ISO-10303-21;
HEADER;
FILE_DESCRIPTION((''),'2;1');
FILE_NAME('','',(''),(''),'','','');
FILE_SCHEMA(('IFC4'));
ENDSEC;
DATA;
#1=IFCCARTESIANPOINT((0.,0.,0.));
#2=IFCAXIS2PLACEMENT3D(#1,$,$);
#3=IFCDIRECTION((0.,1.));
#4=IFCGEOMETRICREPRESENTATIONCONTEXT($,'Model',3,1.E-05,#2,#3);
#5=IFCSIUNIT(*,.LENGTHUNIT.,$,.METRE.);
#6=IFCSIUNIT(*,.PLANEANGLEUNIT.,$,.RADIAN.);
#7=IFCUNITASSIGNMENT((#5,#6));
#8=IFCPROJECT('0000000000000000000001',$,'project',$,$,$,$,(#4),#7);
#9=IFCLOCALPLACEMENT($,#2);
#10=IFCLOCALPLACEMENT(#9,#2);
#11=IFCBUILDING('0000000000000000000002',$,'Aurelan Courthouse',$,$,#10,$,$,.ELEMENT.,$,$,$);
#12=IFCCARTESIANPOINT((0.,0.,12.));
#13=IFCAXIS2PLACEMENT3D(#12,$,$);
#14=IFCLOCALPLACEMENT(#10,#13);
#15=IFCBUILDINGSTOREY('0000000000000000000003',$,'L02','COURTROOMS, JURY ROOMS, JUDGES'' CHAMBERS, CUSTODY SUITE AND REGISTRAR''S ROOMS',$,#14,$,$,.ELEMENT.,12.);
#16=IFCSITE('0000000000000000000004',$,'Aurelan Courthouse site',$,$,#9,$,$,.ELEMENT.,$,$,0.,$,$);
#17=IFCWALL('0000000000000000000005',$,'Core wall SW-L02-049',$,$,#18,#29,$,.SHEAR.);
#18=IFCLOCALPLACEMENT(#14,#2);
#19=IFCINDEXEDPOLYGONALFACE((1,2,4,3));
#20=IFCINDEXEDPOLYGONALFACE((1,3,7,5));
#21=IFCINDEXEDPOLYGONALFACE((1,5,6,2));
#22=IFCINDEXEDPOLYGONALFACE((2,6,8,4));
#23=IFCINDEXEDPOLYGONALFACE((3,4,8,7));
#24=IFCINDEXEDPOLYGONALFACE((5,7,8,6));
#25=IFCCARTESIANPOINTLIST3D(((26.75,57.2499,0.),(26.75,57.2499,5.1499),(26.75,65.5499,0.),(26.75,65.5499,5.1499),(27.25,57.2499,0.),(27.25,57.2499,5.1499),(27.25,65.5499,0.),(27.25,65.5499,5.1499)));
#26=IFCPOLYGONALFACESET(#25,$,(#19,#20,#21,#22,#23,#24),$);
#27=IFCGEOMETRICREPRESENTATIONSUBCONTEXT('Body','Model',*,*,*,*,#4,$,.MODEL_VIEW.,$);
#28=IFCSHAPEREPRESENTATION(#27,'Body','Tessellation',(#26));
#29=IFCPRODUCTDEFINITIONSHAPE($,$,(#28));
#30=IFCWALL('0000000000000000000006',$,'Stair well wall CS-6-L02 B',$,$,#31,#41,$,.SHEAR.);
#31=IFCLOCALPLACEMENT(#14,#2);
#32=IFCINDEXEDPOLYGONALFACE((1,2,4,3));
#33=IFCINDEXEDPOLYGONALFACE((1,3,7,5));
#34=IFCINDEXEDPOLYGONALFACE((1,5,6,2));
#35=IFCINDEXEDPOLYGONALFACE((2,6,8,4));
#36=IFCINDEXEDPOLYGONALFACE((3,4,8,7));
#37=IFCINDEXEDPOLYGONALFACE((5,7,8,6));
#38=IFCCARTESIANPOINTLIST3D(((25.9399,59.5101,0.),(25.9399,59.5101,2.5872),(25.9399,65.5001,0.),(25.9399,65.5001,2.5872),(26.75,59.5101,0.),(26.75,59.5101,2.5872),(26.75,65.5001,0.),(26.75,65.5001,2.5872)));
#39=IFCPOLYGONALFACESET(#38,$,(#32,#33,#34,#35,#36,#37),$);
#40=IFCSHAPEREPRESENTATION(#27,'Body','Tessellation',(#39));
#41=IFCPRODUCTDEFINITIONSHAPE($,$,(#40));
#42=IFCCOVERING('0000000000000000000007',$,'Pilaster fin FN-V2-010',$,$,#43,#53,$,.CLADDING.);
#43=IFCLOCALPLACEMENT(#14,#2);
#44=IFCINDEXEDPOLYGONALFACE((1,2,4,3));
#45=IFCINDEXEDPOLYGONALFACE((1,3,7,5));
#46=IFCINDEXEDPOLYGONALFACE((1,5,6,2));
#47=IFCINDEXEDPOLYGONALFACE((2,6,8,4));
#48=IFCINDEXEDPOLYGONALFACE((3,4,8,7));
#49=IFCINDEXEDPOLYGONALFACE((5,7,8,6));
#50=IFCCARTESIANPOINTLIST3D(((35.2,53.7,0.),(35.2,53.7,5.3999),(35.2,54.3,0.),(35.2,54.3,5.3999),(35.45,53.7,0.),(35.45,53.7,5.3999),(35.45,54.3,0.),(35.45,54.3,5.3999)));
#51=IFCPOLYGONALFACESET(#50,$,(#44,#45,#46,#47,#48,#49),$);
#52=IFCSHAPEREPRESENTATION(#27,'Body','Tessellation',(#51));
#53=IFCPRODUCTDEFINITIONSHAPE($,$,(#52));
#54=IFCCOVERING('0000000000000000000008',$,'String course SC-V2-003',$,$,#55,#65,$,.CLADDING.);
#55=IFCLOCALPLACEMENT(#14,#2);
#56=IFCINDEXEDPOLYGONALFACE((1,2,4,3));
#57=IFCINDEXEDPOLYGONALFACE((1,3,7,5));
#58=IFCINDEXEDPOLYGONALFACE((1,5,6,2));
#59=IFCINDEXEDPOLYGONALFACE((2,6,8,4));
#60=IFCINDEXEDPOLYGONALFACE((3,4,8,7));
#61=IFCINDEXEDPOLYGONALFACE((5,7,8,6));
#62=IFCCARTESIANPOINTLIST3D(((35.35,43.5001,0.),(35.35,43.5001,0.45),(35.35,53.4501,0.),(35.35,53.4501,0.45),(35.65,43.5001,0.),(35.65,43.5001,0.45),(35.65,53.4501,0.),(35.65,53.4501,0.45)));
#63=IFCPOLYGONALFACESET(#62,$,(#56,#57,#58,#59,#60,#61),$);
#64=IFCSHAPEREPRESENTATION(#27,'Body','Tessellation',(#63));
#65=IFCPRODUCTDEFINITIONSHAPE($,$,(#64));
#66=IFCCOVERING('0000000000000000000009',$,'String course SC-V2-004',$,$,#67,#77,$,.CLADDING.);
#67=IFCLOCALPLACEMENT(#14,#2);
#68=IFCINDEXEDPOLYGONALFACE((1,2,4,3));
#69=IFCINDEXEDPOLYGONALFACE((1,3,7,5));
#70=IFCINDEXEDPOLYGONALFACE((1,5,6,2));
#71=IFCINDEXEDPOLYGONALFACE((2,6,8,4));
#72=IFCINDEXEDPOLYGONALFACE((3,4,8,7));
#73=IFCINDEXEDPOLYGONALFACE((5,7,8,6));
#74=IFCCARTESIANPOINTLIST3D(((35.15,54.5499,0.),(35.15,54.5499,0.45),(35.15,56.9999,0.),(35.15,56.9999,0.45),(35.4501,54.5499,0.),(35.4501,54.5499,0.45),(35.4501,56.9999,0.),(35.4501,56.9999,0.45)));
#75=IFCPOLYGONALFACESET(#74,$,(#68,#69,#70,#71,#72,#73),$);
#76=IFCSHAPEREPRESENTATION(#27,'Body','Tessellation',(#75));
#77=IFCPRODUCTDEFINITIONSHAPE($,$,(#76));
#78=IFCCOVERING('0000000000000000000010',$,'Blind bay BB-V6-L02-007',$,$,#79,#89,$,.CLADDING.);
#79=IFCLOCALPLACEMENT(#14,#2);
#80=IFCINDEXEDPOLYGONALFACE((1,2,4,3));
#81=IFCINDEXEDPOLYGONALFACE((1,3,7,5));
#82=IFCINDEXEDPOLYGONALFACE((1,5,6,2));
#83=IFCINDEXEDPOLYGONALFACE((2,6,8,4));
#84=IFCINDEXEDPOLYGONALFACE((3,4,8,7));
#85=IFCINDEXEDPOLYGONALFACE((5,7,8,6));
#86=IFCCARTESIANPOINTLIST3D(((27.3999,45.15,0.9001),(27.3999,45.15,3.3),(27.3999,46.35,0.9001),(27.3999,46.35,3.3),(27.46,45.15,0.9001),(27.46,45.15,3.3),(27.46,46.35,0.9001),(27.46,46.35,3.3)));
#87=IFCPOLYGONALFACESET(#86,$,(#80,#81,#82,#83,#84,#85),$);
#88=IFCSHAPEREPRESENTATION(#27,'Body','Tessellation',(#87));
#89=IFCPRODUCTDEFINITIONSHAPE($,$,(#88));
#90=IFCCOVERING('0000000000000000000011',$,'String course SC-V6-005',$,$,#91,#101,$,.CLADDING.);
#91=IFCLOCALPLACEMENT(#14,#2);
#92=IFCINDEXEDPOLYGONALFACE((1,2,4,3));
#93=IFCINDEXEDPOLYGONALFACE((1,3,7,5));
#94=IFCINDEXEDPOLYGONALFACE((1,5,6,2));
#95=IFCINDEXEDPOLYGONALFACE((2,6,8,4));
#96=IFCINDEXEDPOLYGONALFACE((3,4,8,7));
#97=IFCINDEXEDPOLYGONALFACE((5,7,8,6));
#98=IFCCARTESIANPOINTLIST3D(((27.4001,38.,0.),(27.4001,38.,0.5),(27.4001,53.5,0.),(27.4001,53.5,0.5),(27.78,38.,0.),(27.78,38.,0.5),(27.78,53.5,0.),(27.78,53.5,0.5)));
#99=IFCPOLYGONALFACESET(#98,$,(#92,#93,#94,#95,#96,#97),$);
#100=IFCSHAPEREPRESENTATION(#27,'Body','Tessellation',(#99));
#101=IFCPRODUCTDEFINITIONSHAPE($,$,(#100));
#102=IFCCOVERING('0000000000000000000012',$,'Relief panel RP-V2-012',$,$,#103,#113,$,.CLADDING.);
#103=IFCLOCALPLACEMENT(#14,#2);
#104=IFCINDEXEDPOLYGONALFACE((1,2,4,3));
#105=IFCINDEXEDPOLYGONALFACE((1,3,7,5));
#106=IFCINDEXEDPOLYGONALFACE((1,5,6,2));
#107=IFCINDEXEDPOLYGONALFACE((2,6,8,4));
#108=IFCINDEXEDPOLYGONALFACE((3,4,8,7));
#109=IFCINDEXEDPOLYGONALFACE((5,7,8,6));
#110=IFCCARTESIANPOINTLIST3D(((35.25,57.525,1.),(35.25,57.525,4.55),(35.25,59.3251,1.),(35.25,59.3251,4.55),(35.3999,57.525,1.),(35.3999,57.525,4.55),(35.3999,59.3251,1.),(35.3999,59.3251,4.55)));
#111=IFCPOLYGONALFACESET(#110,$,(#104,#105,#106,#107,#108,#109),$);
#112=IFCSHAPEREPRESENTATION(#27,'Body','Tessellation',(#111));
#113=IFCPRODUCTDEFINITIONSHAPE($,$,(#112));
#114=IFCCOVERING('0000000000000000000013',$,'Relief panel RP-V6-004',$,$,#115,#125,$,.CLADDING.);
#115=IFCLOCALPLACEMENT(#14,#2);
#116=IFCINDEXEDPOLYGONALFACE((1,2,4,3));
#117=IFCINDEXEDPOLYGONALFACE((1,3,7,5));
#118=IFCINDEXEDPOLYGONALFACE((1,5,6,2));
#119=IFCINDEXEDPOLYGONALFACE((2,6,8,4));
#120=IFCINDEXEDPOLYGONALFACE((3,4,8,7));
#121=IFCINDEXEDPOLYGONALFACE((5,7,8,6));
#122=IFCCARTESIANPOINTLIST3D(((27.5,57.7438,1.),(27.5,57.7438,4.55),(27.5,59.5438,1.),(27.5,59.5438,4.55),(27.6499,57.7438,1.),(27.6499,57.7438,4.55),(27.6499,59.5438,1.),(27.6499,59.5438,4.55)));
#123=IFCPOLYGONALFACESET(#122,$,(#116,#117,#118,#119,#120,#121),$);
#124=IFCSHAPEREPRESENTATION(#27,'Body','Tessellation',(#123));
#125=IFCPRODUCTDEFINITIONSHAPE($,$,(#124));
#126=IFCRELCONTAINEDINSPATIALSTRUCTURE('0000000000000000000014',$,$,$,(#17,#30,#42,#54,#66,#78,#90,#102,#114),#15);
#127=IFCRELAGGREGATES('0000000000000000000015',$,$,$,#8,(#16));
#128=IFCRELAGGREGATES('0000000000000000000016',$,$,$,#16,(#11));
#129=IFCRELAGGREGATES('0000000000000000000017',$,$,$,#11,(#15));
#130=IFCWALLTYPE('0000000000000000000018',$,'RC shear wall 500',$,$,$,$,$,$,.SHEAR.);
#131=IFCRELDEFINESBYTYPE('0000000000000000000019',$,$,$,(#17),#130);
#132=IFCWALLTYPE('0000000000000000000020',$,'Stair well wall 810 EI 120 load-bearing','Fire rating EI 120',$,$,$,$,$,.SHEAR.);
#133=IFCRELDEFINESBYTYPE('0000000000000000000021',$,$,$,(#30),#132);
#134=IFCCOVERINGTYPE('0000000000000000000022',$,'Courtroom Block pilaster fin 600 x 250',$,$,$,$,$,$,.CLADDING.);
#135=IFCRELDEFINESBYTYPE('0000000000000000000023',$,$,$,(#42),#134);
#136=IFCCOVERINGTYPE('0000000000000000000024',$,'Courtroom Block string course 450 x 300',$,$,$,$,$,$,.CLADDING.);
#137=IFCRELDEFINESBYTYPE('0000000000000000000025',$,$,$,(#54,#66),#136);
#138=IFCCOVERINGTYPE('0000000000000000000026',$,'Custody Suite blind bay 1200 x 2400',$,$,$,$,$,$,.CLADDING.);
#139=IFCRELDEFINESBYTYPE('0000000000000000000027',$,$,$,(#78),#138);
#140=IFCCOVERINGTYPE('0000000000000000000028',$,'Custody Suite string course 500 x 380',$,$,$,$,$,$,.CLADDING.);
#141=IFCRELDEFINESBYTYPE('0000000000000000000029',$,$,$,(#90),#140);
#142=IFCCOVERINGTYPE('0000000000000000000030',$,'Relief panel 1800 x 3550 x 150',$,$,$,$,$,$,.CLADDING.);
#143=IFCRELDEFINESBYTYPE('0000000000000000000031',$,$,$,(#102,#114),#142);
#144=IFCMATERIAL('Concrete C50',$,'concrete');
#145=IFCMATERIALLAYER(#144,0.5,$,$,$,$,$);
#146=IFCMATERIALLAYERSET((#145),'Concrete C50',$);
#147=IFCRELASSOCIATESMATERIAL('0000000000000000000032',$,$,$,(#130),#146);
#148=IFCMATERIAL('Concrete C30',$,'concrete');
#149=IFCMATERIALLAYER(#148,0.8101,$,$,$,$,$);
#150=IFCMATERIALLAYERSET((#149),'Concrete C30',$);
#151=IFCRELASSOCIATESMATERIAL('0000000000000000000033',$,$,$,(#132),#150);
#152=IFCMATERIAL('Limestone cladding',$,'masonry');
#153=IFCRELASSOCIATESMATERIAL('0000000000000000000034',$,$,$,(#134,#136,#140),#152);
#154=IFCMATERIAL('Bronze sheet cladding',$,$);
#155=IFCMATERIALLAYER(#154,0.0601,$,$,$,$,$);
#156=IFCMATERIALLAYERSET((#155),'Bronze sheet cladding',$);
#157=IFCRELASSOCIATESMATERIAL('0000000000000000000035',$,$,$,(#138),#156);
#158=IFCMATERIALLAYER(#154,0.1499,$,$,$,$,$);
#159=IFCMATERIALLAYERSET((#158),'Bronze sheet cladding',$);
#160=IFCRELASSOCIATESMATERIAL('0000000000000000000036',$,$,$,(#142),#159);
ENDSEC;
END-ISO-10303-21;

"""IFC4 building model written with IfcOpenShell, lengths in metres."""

from ifc_helpers import new_model, si_unit, direction, frame, frame_2d, origin, origin_2d, place, context, subcontext, project, spatial, rectangle, extrude, material, layer, layer_set, type_object, element, save


model = new_model("IFC4")

# Units and contexts
model_context = context("Model", 3, precision=1e-05, world=origin(), true_north=direction((0.0, 1.0)))
body_context = subcontext(model_context, "Body", "Model", "MODEL_VIEW")
ifc_project = project(units=[si_unit("LENGTHUNIT", "METRE"), si_unit("PLANEANGLEUNIT", "RADIAN")], contexts=[model_context])

# Site, building, storey
site_placement = place(None, origin())
site = spatial("IfcSite", under=ifc_project, at=site_placement, Name="Aurelan Courthouse site", CompositionType="ELEMENT", RefElevation=0.0)
building_placement = place(site_placement, origin())
building = spatial("IfcBuilding", under=site, at=building_placement, Name="Aurelan Courthouse", CompositionType="ELEMENT")
storey_placement = place(building_placement, frame((0.0, 0.0, 12.0)))
storey = spatial("IfcBuildingStorey", under=building, at=storey_placement, Name="L02", Description="COURTROOMS, JURY ROOMS, JUDGES' CHAMBERS, CUSTODY SUITE AND REGISTRAR'S ROOMS", CompositionType="ELEMENT", Elevation=12.0)

# Shared definitions
ifc_material_1 = material(Name="Concrete C50", Category="concrete")

# Shared definitions
ifc_material_2 = material(Name="Limestone cladding", Category="masonry")
ifc_material_3 = material(Name="Concrete C30", Category="concrete")

# Shared definitions
ifc_layer_1 = layer(ifc_material_1, 0.5)
ifc_layer_set_1 = layer_set([ifc_layer_1], Name="Concrete C50")
wall_type_1 = type_object("IfcWallType", Name="RC shear wall 500", PredefinedType="SHEAR", material=ifc_layer_set_1)

# Walls
wall_1_placement = place(storey_placement, frame((27.0, 57.25, 0.0), z_axis=(0.0, 0.0, 1.0), x_axis=(0.0, 1.0, 0.0)))
element("IfcWall", 1, at=wall_1_placement, inside=storey, type_object=wall_type_1, Name="Core wall SW-L02-049", PredefinedType="SHEAR", context=body_context, shape_type="SweptSolid", body=[
    extrude(rectangle(XDim=8.3, YDim=0.5, at=frame_2d((4.1499, 0.0))), origin(), (0.0, 0.0, 1.0), 5.1499),
])
ifc_layer_2 = layer(ifc_material_3, 0.8101)
ifc_layer_set_2 = layer_set([ifc_layer_2], Name="Concrete C30")
wall_type_2 = type_object("IfcWallType", Name="Stair well wall 810 EI 120 load-bearing", Description="Fire rating EI 120", PredefinedType="SHEAR", material=ifc_layer_set_2)
wall_2_placement = place(storey_placement, frame((26.345, 59.51, 0.0), z_axis=(0.0, 0.0, 1.0), x_axis=(0.0, 1.0, 0.0)))
element("IfcWall", 2, at=wall_2_placement, inside=storey, type_object=wall_type_2, Name="Stair well wall CS-6-L02 B", PredefinedType="SHEAR", context=body_context, shape_type="SweptSolid", body=[
    extrude(rectangle(XDim=5.99, YDim=0.8101, at=frame_2d((2.9951, 0.0))), origin(), (0.0, 0.0, 1.0), 2.5872),
])

# Coverings
ifc_material_4 = material(Name="Bronze sheet cladding")
covering_type_1 = type_object("IfcCoveringType", Name="Courtroom Block pilaster fin 600 x 250", PredefinedType="CLADDING", material=ifc_material_2)
covering_1_placement = place(storey_placement, frame((35.325, 54.0, 0.0), z_axis=(0.0, 0.0, 1.0), x_axis=(1.0, 0.0, 0.0)))
element("IfcCovering", 3, at=covering_1_placement, inside=storey, type_object=covering_type_1, Name="Pilaster fin FN-V2-010", PredefinedType="CLADDING", context=body_context, shape_type="SweptSolid", body=[
    extrude(rectangle(XDim=0.25, YDim=0.6001, at=origin_2d()), origin(), (0.0, 0.0, 1.0), 5.3999),
])
covering_type_2 = type_object("IfcCoveringType", Name="Courtroom Block string course 450 x 300", PredefinedType="CLADDING", material=ifc_material_2)
covering_2_placement = place(storey_placement, frame((35.5, 48.4751, 0.0), z_axis=(0.0, 0.0, 1.0), x_axis=(1.0, 0.0, 0.0)))
element("IfcCovering", 4, at=covering_2_placement, inside=storey, type_object=covering_type_2, Name="String course SC-V2-003", PredefinedType="CLADDING", context=body_context, shape_type="SweptSolid", body=[
    extrude(rectangle(XDim=0.3, YDim=9.95, at=origin_2d()), origin(), (0.0, 0.0, 1.0), 0.45),
])
covering_3_placement = place(storey_placement, frame((35.3, 55.7749, 0.0), z_axis=(0.0, 0.0, 1.0), x_axis=(1.0, 0.0, 0.0)))
element("IfcCovering", 5, at=covering_3_placement, inside=storey, type_object=covering_type_2, Name="String course SC-V2-004", PredefinedType="CLADDING", context=body_context, shape_type="SweptSolid", body=[
    extrude(rectangle(XDim=0.3, YDim=2.45, at=origin_2d()), origin(), (0.0, 0.0, 1.0), 0.45),
])
ifc_layer_3 = layer(ifc_material_4, 0.0601)
ifc_layer_set_3 = layer_set([ifc_layer_3], Name="Bronze sheet cladding")
covering_type_3 = type_object("IfcCoveringType", Name="Custody Suite blind bay 1200 x 2400", PredefinedType="CLADDING", material=ifc_layer_set_3)
covering_4_placement = place(storey_placement, frame((27.4299, 45.75, 0.9001), z_axis=(0.0, 0.0, 1.0), x_axis=(1.0, 0.0, 0.0)))
element("IfcCovering", 6, at=covering_4_placement, inside=storey, type_object=covering_type_3, Name="Blind bay BB-V6-L02-007", PredefinedType="CLADDING", context=body_context, shape_type="SweptSolid", body=[
    extrude(rectangle(XDim=0.0601, YDim=1.2, at=origin_2d()), origin(), (0.0, 0.0, 1.0), 2.3999),
])
covering_type_4 = type_object("IfcCoveringType", Name="Custody Suite string course 500 x 380", PredefinedType="CLADDING", material=ifc_material_2)
covering_5_placement = place(storey_placement, frame((27.5901, 45.75, 0.0), z_axis=(0.0, 0.0, 1.0), x_axis=(1.0, 0.0, 0.0)))
element("IfcCovering", 7, at=covering_5_placement, inside=storey, type_object=covering_type_4, Name="String course SC-V6-005", PredefinedType="CLADDING", context=body_context, shape_type="SweptSolid", body=[
    extrude(rectangle(XDim=0.3799, YDim=15.5, at=origin_2d()), origin(), (0.0, 0.0, 1.0), 0.5),
])
ifc_layer_4 = layer(ifc_material_4, 0.1499)
ifc_layer_set_4 = layer_set([ifc_layer_4], Name="Bronze sheet cladding")
covering_type_5 = type_object("IfcCoveringType", Name="Relief panel 1800 x 3550 x 150", PredefinedType="CLADDING", material=ifc_layer_set_4)
for number, where, z_axis, x_axis, name in (
    (8, (35.325, 58.425, 1.0), (0.0, 0.0, 1.0), (1.0, 0.0, 0.0), "Relief panel RP-V2-012"),
    (9, (27.575, 58.6438, 1.0), (0.0, 0.0, 1.0), (1.0, 0.0, 0.0), "Relief panel RP-V6-004"),
):
    element("IfcCovering", number, at=place(storey_placement, frame(where, z_axis=z_axis, x_axis=x_axis)), inside=storey, type_object=covering_type_5, Name=name, PredefinedType="CLADDING", context=body_context, shape_type="SweptSolid", body=[
        extrude(rectangle(XDim=0.1499, YDim=1.8, at=origin_2d()), origin(), (0.0, 0.0, 1.0), 3.55),
    ])

save(model, "model.ifc")
